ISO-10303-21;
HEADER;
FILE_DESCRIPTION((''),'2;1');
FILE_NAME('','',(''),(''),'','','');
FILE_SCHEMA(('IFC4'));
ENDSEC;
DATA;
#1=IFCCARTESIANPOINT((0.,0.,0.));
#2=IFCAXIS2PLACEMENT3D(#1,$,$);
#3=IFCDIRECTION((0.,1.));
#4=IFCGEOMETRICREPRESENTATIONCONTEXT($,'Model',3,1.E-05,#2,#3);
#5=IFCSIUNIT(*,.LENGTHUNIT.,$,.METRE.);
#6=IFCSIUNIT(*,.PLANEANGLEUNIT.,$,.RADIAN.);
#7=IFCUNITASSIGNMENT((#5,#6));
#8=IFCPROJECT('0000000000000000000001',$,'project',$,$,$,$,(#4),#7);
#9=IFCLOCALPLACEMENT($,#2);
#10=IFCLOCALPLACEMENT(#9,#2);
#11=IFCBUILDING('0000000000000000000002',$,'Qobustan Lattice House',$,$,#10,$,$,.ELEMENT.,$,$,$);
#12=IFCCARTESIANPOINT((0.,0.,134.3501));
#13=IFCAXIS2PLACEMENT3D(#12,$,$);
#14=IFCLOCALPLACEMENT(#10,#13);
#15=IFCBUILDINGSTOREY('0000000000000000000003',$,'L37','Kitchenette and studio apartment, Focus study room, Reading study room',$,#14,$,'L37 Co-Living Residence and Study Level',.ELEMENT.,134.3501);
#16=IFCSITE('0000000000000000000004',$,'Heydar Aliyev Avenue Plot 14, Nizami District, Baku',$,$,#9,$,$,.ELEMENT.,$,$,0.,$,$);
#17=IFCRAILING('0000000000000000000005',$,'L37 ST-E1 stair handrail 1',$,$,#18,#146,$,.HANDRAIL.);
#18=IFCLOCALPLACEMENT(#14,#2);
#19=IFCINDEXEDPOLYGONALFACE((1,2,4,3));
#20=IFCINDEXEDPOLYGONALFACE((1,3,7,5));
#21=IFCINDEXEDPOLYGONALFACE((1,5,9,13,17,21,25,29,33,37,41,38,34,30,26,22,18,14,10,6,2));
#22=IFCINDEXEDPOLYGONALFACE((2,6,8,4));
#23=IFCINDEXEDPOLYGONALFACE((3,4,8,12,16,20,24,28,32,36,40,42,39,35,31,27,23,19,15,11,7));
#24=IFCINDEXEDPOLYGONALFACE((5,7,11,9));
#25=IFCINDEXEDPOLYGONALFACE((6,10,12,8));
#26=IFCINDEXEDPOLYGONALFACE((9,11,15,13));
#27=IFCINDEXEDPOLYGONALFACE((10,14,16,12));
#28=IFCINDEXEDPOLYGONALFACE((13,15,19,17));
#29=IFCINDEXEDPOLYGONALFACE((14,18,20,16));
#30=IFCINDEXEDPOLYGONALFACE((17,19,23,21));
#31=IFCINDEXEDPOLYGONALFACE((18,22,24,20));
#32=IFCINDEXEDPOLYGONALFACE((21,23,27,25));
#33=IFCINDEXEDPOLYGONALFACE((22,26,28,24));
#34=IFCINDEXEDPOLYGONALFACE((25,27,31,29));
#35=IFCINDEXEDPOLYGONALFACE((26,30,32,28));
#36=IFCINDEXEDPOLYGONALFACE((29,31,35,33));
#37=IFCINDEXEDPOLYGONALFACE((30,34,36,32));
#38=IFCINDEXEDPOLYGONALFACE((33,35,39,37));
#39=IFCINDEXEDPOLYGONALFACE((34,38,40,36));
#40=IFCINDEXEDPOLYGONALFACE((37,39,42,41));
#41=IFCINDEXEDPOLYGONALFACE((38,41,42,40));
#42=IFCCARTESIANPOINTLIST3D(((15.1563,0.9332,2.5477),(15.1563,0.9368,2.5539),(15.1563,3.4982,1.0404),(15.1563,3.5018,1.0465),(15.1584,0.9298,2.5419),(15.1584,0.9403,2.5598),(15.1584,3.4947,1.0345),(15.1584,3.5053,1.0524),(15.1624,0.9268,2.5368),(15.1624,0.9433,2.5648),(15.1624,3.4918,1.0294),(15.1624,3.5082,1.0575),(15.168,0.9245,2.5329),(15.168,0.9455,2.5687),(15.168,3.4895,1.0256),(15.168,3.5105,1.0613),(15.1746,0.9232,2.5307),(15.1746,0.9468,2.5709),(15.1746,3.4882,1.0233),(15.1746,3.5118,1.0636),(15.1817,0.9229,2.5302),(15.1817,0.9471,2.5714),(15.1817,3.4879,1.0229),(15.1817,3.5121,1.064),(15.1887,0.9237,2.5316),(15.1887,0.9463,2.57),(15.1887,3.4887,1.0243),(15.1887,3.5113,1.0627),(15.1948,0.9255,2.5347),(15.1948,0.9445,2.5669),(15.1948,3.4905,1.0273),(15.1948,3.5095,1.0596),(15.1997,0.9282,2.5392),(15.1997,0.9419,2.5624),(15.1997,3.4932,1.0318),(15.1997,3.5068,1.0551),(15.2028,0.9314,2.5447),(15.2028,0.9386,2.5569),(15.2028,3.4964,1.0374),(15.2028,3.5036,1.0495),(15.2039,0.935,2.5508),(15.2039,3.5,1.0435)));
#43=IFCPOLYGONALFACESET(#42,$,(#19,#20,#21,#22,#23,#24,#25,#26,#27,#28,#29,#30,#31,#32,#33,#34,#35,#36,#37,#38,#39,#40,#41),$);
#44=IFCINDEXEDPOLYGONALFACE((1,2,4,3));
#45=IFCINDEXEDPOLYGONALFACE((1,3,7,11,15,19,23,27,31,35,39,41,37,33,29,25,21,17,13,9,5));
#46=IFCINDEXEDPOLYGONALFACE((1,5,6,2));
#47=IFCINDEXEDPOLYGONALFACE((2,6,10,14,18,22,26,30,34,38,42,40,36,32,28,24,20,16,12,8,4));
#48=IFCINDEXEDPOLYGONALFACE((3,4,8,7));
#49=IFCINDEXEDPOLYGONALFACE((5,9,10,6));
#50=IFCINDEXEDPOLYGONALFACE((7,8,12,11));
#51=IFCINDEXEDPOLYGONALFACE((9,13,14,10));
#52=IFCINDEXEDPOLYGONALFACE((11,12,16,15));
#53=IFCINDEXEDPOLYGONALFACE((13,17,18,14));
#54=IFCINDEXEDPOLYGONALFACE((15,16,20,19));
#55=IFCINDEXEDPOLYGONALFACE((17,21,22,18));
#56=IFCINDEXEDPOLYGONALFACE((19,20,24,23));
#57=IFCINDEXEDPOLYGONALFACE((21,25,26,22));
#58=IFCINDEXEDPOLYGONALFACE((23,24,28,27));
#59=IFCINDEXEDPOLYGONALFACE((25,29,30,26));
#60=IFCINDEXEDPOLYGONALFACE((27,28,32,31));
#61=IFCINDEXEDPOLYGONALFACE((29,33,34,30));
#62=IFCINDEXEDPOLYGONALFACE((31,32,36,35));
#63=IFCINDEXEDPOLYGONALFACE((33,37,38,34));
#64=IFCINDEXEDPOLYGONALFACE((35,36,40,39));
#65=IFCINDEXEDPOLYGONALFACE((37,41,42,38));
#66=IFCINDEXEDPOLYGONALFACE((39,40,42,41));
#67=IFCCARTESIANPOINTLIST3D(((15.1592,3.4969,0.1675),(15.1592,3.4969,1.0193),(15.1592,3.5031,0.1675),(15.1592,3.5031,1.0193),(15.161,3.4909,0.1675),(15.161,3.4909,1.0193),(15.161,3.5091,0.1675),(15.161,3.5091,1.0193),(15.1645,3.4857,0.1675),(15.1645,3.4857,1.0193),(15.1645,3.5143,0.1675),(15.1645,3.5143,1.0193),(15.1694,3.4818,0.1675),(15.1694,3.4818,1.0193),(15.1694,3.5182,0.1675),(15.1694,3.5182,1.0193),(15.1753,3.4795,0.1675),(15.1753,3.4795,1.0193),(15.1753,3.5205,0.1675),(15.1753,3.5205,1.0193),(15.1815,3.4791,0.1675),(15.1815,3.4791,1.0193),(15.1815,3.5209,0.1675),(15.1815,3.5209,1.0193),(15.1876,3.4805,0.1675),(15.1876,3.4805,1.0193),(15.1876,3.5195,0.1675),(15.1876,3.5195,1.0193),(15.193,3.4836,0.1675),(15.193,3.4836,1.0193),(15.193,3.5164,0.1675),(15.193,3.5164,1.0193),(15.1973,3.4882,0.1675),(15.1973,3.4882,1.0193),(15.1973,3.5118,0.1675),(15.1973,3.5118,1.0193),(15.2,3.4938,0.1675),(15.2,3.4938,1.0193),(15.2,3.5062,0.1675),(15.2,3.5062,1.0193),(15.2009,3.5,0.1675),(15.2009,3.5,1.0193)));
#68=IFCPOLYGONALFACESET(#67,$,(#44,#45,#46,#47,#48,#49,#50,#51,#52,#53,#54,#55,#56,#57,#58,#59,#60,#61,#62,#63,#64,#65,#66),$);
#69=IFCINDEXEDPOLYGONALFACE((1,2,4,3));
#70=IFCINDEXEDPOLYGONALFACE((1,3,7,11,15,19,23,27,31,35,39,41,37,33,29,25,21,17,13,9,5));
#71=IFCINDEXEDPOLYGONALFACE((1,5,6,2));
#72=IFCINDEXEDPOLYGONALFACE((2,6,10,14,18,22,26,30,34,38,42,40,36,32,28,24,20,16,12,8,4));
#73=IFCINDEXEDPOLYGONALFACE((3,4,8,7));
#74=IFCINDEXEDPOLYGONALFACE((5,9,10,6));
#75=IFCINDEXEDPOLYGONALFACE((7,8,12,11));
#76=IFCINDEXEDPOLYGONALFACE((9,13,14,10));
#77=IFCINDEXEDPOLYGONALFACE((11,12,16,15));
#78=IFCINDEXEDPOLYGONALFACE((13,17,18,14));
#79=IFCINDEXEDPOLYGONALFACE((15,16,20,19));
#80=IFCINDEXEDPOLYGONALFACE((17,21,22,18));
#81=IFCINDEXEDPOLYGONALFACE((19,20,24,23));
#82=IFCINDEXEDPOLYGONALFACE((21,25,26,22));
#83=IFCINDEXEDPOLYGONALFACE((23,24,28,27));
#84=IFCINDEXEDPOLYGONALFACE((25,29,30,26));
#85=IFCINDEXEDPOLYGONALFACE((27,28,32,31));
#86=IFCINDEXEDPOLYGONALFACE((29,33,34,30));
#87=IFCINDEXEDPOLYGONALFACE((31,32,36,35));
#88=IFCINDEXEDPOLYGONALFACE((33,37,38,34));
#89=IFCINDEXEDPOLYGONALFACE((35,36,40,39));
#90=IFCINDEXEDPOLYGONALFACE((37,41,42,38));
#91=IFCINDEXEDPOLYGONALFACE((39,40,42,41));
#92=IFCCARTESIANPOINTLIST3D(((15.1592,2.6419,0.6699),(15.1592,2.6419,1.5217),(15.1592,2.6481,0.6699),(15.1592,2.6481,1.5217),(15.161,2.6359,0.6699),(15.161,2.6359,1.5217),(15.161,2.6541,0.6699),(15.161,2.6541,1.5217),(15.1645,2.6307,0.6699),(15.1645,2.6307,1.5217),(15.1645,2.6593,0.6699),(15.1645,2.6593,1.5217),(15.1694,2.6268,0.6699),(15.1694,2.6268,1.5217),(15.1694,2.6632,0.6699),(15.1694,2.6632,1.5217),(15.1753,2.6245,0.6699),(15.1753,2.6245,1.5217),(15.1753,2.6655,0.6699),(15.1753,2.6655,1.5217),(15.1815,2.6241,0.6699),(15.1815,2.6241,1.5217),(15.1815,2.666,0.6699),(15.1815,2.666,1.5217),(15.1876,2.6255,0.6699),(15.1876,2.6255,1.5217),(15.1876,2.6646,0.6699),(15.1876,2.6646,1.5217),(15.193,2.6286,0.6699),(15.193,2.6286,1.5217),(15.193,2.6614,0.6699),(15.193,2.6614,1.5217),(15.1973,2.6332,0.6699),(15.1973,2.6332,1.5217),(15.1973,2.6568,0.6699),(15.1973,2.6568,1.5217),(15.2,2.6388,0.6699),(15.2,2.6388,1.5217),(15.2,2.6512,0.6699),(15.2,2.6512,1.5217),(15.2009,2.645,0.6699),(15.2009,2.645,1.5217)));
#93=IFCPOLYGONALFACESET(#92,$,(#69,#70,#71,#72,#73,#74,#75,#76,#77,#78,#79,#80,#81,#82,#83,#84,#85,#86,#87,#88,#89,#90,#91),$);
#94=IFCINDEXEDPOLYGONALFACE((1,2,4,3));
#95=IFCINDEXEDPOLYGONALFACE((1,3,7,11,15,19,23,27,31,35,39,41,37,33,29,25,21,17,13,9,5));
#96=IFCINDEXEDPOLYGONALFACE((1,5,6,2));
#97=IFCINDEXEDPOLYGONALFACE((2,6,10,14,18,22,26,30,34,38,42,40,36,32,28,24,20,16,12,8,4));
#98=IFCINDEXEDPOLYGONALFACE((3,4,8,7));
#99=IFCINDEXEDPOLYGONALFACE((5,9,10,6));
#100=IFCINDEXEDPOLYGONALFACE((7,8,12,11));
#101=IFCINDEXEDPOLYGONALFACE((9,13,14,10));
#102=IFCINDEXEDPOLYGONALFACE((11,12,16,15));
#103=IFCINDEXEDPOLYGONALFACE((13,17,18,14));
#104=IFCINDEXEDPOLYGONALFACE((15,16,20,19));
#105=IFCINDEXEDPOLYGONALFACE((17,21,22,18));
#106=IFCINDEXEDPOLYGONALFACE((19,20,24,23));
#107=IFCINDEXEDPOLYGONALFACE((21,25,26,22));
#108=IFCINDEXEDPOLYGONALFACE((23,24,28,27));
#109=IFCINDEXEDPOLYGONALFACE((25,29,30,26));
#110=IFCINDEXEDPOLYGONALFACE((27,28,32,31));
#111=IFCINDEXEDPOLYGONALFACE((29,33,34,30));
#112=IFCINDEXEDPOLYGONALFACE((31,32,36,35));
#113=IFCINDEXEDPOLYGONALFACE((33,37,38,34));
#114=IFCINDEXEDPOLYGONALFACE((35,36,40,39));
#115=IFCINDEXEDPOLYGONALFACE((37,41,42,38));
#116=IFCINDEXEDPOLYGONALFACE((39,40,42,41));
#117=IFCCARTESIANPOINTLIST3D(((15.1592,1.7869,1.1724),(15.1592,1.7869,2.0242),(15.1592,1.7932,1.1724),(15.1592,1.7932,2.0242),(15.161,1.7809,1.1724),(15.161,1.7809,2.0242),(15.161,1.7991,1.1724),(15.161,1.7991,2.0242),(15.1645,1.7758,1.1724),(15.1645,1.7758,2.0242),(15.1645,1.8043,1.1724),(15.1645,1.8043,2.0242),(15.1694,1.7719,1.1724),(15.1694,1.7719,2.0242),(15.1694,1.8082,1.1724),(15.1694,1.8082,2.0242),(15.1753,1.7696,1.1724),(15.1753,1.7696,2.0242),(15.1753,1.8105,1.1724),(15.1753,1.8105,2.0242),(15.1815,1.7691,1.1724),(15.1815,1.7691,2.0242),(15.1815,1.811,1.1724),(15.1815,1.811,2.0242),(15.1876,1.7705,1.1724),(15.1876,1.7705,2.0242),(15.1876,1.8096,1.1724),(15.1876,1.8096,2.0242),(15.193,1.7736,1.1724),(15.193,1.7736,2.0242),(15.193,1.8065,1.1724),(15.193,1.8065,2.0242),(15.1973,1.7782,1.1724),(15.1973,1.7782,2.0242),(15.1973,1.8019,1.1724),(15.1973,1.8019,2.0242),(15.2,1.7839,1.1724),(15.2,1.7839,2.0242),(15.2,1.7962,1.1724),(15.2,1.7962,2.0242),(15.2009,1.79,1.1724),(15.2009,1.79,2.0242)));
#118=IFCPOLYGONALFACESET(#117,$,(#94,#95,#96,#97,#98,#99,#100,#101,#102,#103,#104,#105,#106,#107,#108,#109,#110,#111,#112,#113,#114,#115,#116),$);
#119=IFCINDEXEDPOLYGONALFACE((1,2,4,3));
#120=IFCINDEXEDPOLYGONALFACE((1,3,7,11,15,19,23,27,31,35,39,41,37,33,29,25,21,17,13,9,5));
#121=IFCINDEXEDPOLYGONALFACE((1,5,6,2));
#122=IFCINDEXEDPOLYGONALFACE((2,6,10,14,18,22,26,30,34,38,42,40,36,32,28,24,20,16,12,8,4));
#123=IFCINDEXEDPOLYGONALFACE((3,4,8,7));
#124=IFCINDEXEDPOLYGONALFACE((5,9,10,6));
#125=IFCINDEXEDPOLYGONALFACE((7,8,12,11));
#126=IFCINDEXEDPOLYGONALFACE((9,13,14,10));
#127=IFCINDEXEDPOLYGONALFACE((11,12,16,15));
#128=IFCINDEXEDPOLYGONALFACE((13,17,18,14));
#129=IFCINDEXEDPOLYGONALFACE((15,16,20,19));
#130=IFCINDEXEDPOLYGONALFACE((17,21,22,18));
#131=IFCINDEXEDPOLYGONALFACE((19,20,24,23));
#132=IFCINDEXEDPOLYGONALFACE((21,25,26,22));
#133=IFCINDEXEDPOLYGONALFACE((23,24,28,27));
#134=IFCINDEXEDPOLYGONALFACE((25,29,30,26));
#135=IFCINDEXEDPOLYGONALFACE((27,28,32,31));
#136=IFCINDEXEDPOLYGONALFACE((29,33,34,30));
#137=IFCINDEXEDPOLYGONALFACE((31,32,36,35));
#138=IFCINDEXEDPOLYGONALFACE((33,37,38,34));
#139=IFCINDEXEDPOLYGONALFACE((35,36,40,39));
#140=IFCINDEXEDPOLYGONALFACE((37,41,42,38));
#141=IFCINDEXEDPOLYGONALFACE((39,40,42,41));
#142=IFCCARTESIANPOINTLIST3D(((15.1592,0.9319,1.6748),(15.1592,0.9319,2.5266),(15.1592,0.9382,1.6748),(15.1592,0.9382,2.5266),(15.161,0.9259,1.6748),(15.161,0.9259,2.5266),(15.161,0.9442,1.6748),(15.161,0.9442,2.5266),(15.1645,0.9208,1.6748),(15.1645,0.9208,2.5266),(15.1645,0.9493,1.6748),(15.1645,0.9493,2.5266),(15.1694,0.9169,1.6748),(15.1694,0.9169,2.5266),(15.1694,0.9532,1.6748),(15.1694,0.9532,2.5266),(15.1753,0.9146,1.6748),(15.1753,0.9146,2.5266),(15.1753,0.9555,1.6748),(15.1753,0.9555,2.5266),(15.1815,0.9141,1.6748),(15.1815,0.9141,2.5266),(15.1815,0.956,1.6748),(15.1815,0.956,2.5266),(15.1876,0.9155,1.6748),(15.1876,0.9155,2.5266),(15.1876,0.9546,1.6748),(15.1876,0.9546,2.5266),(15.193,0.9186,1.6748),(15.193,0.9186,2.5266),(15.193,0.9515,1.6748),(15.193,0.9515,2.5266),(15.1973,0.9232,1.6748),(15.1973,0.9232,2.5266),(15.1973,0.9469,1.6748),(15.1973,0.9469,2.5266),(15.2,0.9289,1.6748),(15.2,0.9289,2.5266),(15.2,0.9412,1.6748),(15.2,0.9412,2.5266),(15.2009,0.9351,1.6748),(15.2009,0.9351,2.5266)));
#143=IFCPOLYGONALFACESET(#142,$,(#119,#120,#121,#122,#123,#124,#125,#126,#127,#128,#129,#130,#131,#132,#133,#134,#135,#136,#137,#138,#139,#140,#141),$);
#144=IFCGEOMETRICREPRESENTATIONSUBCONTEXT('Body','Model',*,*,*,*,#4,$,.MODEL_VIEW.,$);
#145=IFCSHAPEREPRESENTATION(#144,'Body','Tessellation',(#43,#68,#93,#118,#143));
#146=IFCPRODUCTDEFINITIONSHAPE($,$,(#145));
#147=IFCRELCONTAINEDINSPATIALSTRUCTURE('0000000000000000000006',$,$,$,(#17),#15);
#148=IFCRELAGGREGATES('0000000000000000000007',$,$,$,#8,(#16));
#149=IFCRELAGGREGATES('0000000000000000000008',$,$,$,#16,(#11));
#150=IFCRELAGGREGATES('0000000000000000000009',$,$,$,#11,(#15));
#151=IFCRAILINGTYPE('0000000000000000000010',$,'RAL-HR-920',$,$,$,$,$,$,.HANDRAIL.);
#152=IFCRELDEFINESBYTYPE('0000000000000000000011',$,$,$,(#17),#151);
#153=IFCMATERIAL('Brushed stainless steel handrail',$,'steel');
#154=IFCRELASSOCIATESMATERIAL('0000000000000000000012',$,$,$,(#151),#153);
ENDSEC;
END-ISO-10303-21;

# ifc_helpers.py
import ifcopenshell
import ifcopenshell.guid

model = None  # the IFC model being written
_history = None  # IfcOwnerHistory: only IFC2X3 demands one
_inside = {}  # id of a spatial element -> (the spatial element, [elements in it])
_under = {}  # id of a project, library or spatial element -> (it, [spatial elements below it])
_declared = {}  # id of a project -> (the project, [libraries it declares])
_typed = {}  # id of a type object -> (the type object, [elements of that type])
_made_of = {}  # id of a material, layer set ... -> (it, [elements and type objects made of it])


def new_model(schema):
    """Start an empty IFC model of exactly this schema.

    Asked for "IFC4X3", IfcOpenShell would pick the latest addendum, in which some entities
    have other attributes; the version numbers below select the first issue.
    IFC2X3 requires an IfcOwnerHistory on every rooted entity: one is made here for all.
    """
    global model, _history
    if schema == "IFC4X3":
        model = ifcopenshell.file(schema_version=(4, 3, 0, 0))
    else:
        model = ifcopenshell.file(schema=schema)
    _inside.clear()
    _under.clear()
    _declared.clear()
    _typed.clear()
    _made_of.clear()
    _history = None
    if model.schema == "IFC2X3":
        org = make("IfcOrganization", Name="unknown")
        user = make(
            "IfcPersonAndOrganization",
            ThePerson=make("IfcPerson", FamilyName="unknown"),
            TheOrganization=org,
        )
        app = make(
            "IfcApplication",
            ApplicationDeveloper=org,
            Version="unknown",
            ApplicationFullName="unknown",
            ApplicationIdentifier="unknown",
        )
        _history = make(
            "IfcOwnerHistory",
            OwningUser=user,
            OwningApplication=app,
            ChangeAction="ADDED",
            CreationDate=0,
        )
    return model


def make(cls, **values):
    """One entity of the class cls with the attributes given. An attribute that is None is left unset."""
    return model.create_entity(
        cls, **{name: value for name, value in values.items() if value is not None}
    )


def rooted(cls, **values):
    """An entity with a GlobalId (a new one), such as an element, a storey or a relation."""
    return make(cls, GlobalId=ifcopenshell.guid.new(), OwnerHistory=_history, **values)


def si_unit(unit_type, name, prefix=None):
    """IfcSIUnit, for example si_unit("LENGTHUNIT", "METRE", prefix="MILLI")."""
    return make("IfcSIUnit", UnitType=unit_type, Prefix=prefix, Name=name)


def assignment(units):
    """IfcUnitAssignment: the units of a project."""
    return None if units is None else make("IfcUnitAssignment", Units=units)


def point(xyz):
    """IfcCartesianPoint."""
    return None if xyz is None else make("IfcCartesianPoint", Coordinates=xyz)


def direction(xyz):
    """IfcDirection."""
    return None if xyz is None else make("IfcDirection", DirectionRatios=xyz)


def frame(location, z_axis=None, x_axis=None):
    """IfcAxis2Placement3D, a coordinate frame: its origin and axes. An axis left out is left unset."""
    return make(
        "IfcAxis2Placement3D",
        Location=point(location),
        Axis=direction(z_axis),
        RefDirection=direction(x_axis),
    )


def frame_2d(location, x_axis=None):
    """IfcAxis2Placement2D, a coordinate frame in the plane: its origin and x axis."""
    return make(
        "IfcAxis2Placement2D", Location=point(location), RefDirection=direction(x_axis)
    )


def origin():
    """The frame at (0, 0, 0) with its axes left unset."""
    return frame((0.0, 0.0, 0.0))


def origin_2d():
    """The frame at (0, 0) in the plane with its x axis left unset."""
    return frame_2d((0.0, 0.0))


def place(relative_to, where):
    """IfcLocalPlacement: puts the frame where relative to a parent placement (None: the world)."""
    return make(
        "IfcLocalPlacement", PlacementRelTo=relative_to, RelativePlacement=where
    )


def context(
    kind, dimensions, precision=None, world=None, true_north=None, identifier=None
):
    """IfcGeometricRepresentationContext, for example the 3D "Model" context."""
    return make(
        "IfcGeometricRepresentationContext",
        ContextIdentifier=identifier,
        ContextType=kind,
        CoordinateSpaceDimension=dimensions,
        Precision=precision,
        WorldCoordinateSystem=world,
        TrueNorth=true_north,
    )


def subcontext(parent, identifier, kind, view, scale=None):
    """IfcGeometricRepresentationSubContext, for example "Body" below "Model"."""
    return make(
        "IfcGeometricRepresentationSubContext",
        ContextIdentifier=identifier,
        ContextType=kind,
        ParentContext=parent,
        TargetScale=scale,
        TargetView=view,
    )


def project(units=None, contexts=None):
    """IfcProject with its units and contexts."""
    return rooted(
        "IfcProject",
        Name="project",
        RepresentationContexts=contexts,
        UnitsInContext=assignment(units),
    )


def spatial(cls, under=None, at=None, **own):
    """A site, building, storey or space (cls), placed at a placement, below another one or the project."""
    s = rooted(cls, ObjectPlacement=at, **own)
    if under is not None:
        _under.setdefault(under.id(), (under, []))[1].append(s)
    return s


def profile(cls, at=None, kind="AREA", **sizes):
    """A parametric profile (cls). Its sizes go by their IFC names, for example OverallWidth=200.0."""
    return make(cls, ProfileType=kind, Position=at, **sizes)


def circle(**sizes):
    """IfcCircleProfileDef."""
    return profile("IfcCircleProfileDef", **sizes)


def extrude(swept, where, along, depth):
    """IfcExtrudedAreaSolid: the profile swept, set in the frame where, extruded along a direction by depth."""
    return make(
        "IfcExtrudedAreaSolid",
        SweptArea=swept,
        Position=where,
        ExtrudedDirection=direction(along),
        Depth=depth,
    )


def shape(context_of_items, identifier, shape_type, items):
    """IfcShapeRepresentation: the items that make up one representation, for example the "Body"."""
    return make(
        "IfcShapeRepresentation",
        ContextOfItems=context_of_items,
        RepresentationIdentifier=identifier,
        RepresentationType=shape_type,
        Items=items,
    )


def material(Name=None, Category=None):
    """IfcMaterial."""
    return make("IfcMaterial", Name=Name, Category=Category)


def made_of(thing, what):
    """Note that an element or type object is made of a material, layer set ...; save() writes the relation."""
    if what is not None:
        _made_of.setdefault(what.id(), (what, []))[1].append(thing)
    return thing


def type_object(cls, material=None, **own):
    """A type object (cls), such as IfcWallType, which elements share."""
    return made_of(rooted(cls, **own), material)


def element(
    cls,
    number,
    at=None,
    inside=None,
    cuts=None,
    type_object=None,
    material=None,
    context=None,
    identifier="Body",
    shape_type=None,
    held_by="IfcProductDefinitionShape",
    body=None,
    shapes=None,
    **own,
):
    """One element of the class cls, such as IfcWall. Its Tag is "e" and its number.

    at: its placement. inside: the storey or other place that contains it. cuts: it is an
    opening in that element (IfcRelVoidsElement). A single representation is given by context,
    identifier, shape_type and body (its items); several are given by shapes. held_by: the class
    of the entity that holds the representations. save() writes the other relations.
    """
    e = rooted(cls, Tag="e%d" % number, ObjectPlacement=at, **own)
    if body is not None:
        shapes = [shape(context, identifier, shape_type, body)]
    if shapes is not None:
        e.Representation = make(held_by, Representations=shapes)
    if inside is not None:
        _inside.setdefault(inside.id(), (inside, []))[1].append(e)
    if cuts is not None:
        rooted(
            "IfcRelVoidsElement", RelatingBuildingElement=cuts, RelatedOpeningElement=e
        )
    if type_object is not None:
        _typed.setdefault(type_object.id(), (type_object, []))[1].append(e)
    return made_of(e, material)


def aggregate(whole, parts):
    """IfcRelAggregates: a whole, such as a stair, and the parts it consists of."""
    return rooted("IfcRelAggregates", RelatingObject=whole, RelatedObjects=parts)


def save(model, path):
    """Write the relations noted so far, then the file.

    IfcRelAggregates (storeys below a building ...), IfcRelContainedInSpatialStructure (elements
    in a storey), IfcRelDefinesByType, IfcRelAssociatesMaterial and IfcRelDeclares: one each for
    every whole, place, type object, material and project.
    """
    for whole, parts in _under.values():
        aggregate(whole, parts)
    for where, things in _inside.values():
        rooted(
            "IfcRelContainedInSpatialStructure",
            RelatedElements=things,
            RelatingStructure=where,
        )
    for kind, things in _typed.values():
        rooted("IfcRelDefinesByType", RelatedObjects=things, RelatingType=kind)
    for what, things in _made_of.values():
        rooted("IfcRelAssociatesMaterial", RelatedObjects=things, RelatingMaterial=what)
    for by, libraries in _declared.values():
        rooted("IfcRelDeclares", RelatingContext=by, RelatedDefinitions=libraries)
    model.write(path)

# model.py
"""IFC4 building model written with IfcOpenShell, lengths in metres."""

from ifc_helpers import new_model, si_unit, direction, frame, origin, origin_2d, place, context, subcontext, project, spatial, circle, extrude, material, type_object, element, save


model = new_model("IFC4")

# Units and contexts
model_context = context("Model", 3, precision=1e-05, world=origin(), true_north=direction((0.0, 1.0)))
body_context = subcontext(model_context, "Body", "Model", "MODEL_VIEW")
ifc_project = project(units=[si_unit("LENGTHUNIT", "METRE"), si_unit("PLANEANGLEUNIT", "RADIAN")], contexts=[model_context])

# Site, building, storey
site_placement = place(None, origin())
site = spatial("IfcSite", under=ifc_project, at=site_placement, Name="Heydar Aliyev Avenue Plot 14, Nizami District, Baku", CompositionType="ELEMENT", RefElevation=0.0)
building_placement = place(site_placement, origin())
building = spatial("IfcBuilding", under=site, at=building_placement, Name="Qobustan Lattice House", CompositionType="ELEMENT")
storey_placement = place(building_placement, frame((0.0, 0.0, 134.3501)))
storey = spatial("IfcBuildingStorey", under=building, at=storey_placement, Name="L37", Description="Kitchenette and studio apartment, Focus study room, Reading study room", LongName="L37 Co-Living Residence and Study Level", CompositionType="ELEMENT", Elevation=134.3501)

# Railing
ifc_material_1 = material(Name="Brushed stainless steel handrail", Category="steel")
railing_type_1 = type_object("IfcRailingType", Name="RAL-HR-920", PredefinedType="HANDRAIL", material=ifc_material_1)
railing_1_placement = place(storey_placement, frame((15.1799, 3.5, 0.1675)))
element("IfcRailing", 1, at=railing_1_placement, inside=storey, type_object=railing_type_1, Name="L37 ST-E1 stair handrail 1", PredefinedType="HANDRAIL", context=body_context, shape_type="SweptSolid", body=[
    extrude(circle(Radius=0.0239, at=origin_2d()), frame((0.0, 0.0, 0.876), z_axis=(0.0, -0.862149, 0.506654), x_axis=(1.0, 0.0, 0.0)), (0.0, 0.0, 1.0), 2.9751),
    extrude(circle(Radius=0.021, at=origin_2d()), origin(), (0.0, 0.0, 1.0), 0.8518),
    extrude(circle(Radius=0.021, at=origin_2d()), frame((0.0, -0.855, 0.5024)), (0.0, 0.0, 1.0), 0.8518),
    extrude(circle(Radius=0.021, at=origin_2d()), frame((0.0, -1.71, 1.0049)), (0.0, 0.0, 1.0), 0.8518),
    extrude(circle(Radius=0.021, at=origin_2d()), frame((0.0, -2.5649, 1.5073)), (0.0, 0.0, 1.0), 0.8518),
])

save(model, "model.ifc")
